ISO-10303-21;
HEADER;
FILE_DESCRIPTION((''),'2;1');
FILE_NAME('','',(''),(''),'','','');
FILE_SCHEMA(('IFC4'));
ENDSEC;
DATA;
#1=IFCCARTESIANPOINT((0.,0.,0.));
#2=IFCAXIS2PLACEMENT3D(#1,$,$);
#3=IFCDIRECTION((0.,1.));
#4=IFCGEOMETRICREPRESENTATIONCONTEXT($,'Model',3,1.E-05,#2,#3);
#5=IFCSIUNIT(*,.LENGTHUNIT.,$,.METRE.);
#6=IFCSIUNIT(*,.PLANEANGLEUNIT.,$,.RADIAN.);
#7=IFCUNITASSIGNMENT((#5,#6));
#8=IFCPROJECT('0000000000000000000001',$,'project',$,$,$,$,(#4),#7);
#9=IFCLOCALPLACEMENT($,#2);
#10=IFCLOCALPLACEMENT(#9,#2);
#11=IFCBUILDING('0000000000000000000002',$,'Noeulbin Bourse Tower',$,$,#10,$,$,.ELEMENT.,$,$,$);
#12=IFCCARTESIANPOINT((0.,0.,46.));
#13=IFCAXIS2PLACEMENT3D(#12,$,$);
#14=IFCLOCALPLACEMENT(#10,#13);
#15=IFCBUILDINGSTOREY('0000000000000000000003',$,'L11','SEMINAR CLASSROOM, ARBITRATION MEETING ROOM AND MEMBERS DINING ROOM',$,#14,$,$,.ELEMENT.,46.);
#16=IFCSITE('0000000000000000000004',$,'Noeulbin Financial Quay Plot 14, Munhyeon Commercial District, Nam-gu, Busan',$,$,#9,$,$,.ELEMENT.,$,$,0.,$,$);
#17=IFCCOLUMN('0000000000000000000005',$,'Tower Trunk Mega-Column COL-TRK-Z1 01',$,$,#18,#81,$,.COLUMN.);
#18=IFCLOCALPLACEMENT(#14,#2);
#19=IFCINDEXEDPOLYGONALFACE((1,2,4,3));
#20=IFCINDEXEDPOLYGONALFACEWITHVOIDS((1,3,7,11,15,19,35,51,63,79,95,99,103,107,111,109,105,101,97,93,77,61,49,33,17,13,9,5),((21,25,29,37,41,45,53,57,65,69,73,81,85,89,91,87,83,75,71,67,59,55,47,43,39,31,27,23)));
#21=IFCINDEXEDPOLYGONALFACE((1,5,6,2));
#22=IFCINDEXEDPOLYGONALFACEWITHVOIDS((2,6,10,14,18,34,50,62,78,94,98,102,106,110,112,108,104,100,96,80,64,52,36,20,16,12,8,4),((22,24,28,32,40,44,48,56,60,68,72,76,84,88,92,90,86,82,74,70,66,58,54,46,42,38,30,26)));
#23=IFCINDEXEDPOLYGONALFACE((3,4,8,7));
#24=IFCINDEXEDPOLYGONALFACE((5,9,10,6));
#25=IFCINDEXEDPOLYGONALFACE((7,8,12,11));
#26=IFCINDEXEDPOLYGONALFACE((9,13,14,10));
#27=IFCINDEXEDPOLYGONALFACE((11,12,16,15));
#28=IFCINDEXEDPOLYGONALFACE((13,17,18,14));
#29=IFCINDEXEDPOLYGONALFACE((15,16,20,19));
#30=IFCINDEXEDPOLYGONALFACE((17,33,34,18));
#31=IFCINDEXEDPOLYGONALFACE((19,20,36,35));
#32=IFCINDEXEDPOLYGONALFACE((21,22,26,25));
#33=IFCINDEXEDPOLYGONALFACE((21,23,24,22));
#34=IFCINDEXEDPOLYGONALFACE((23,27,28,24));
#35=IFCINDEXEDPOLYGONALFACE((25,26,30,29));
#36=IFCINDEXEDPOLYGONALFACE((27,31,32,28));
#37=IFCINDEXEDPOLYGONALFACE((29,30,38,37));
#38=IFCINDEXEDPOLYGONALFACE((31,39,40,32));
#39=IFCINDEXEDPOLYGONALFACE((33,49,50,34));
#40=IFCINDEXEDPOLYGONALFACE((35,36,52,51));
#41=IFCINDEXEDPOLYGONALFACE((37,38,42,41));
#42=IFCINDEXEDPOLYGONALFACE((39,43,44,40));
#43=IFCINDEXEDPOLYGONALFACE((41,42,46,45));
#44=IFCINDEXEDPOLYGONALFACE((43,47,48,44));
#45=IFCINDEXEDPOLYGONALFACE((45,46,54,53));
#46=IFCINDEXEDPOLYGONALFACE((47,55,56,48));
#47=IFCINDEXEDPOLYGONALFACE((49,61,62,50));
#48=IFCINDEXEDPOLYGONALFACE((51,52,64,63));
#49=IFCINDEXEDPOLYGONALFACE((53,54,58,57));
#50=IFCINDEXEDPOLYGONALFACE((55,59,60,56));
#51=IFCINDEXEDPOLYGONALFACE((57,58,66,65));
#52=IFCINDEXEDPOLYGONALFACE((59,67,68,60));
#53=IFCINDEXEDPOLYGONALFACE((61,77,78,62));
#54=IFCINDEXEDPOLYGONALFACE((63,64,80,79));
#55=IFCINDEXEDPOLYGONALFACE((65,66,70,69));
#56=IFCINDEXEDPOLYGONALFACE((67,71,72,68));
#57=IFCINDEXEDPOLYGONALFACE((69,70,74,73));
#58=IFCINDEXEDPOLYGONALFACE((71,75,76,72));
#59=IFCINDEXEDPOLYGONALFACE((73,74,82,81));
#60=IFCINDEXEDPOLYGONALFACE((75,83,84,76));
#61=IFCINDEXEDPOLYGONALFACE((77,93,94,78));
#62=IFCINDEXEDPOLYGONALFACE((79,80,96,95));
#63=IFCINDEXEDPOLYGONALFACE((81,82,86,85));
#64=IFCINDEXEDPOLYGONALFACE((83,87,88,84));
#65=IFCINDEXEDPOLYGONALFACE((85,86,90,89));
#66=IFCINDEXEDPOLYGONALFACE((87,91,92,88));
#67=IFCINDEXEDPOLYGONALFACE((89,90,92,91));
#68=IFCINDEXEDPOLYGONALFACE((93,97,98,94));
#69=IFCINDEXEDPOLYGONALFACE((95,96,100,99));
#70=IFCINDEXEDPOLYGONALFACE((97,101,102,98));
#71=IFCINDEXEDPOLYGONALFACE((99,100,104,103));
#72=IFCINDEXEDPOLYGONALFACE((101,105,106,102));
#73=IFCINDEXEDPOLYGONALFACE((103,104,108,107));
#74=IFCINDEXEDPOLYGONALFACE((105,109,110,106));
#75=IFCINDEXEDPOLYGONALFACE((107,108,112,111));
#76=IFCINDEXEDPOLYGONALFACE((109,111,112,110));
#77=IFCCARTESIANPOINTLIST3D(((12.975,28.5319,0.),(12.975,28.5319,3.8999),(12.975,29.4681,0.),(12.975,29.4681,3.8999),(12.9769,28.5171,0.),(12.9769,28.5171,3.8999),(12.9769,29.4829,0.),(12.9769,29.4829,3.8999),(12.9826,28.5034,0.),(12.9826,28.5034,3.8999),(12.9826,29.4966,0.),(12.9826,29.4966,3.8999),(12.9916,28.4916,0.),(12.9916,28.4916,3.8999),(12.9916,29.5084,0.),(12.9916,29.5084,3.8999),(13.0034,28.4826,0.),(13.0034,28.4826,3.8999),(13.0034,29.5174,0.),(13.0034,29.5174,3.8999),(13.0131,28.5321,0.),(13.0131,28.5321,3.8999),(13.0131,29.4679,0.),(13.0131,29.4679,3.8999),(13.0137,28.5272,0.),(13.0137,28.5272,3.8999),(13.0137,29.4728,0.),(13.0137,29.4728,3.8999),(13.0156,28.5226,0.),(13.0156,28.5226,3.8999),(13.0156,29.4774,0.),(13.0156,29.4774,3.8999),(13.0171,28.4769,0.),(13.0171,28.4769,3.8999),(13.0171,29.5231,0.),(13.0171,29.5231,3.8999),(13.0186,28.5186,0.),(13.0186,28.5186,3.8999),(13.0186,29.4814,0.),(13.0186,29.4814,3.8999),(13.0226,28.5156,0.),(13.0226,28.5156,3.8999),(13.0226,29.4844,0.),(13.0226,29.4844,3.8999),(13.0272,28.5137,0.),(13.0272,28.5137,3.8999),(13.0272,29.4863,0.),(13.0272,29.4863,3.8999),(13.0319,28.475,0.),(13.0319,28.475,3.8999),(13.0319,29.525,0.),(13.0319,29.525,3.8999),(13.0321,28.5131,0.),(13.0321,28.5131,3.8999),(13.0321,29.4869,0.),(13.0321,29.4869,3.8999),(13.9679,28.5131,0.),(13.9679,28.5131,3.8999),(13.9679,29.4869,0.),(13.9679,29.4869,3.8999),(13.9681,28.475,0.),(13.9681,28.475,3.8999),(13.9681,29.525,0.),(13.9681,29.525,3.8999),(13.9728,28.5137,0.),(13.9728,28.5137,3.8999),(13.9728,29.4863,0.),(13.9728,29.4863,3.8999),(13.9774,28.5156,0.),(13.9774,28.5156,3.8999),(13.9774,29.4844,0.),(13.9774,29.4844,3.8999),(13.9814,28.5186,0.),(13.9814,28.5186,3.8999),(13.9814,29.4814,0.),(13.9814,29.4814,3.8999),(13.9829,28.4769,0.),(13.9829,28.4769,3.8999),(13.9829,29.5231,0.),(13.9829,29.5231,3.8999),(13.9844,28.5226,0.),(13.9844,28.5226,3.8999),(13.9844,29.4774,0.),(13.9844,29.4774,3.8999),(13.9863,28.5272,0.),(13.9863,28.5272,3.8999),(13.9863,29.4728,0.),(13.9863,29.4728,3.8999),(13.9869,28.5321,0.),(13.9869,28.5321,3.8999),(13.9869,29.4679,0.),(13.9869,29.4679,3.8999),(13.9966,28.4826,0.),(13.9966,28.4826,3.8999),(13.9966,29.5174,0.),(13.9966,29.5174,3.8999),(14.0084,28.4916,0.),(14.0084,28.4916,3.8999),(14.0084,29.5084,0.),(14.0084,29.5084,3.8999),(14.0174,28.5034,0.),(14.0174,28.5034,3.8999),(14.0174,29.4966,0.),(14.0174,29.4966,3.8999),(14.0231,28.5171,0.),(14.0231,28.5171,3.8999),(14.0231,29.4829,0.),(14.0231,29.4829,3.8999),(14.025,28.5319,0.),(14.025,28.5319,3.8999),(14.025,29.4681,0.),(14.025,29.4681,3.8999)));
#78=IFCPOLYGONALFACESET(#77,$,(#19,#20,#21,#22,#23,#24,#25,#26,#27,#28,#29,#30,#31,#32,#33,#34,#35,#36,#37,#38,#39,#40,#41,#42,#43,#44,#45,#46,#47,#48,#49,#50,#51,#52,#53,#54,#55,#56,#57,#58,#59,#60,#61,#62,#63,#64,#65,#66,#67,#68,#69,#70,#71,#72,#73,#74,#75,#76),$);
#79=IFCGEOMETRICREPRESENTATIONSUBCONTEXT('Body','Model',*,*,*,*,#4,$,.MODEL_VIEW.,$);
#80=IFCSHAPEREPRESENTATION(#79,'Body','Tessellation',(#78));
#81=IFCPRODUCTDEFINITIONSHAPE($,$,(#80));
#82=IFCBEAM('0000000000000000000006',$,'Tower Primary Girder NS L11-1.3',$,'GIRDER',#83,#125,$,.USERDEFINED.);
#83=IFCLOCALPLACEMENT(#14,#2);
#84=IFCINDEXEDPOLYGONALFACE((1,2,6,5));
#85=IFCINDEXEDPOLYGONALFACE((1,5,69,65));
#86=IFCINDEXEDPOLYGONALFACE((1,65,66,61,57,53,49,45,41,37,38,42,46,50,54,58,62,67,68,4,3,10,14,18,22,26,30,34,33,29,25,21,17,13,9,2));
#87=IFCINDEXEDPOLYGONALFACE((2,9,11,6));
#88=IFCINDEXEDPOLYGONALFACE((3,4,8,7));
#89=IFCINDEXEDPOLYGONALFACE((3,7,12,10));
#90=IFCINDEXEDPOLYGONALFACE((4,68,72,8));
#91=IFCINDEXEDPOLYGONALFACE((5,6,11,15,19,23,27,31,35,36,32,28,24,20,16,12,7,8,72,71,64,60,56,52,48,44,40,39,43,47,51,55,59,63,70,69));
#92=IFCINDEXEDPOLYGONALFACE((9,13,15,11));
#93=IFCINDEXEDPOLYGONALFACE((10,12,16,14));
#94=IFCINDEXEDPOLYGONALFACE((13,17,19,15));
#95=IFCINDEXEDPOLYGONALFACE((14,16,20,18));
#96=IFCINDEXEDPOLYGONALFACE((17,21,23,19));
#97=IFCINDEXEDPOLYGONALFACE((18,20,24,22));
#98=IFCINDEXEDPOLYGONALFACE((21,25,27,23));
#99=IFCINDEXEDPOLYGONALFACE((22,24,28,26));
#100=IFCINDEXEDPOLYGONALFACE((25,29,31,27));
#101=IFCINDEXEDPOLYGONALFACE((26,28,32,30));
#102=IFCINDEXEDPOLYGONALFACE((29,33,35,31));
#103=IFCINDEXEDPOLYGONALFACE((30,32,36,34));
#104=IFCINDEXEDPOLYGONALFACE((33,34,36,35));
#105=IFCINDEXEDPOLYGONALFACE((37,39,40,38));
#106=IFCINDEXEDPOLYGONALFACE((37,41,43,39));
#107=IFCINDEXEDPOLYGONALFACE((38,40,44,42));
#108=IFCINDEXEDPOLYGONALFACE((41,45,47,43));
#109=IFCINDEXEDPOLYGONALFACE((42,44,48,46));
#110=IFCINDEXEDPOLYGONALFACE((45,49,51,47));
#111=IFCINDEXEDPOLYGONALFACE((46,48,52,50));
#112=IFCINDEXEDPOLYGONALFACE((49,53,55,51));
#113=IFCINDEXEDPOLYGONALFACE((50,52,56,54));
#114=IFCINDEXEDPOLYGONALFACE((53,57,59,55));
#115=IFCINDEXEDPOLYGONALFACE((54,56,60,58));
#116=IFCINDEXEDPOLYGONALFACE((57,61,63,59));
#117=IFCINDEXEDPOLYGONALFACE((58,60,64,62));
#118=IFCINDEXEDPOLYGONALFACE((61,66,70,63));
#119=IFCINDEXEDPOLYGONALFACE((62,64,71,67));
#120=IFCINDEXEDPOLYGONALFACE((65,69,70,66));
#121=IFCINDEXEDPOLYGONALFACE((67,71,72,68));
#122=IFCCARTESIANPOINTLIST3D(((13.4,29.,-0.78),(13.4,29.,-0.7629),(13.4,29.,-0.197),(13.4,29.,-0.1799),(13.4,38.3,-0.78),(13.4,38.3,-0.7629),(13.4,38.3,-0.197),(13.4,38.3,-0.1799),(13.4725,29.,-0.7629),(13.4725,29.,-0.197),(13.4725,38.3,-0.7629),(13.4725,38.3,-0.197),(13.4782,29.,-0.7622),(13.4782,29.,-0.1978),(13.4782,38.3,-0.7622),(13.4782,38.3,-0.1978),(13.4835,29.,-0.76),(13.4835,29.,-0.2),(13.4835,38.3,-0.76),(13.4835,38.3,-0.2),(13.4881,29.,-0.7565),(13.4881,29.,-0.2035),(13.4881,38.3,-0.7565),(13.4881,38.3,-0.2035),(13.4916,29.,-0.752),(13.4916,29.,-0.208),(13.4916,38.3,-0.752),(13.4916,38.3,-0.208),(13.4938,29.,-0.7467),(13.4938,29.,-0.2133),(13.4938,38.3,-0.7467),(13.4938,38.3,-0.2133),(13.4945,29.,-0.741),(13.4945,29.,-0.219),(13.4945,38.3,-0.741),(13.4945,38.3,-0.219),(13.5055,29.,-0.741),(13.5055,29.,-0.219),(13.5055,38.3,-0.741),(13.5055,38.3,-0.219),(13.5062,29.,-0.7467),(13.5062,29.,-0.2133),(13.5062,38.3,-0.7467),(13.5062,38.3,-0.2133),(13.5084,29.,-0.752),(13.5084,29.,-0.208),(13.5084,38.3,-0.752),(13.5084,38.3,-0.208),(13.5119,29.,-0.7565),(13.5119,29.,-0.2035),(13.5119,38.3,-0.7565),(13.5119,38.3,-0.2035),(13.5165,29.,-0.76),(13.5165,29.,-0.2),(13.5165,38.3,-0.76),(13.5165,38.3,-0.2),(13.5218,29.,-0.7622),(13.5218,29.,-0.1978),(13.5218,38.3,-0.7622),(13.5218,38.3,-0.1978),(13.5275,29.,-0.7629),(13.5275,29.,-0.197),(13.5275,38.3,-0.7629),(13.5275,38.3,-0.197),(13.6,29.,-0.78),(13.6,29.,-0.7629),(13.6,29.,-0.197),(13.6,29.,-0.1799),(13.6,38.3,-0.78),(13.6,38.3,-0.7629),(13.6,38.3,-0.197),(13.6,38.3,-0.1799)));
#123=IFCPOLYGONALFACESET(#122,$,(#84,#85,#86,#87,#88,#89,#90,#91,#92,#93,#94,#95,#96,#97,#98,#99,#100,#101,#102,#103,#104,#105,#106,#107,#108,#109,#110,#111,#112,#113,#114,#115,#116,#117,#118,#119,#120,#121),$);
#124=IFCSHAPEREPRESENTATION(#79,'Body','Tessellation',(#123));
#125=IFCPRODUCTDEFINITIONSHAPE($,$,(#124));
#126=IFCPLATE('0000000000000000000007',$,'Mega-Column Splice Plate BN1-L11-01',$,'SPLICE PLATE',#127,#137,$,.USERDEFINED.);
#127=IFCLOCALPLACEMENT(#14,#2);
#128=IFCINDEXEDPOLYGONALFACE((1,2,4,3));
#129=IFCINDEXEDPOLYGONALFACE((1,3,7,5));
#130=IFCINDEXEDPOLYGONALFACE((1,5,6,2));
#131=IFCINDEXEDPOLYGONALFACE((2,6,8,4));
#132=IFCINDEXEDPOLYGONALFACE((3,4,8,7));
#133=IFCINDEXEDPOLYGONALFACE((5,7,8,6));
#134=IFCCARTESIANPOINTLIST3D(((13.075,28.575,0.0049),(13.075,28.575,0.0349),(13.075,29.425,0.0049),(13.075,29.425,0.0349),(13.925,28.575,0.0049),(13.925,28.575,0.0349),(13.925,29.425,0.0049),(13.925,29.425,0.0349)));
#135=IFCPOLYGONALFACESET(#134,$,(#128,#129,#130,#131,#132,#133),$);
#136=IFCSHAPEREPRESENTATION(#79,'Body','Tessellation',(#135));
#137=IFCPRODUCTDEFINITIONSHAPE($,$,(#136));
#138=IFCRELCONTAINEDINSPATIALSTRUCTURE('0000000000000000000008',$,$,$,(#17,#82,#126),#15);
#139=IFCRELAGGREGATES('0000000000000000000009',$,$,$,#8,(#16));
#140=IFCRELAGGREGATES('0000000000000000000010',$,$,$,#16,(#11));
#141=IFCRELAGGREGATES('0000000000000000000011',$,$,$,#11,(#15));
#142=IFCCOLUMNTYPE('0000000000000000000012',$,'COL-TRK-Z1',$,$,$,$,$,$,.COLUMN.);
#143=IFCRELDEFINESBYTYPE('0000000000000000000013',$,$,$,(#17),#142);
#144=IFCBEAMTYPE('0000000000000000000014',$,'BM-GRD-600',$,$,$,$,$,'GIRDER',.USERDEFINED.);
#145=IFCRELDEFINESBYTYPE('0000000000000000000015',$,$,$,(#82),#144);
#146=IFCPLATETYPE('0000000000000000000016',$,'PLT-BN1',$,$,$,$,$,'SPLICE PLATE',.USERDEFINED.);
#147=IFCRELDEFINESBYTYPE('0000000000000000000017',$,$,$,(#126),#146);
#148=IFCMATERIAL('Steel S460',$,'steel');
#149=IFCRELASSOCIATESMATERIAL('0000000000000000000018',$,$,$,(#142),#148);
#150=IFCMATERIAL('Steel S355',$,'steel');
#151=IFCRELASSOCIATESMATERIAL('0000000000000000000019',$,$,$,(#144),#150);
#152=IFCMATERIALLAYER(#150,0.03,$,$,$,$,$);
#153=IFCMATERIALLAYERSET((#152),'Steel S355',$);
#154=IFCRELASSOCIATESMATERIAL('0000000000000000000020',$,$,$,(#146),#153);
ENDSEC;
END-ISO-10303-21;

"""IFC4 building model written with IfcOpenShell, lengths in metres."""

from ifc_helpers import new_model, si_unit, direction, frame, origin, origin_2d, place, context, subcontext, project, spatial, rectangle, hollow_rectangle, i_section, extrude, material, layer, layer_set, material_profile, profile_set, type_object, element, save


model = new_model("IFC4")

# Units and contexts
model_context = context("Model", 3, precision=1e-05, world=origin(), true_north=direction((0.0, 1.0)))
body_context = subcontext(model_context, "Body", "Model", "MODEL_VIEW")
ifc_project = project(units=[si_unit("LENGTHUNIT", "METRE"), si_unit("PLANEANGLEUNIT", "RADIAN")], contexts=[model_context])

# Site, building, storey
site_placement = place(None, origin())
site = spatial("IfcSite", under=ifc_project, at=site_placement, Name="Noeulbin Financial Quay Plot 14, Munhyeon Commercial District, Nam-gu, Busan", CompositionType="ELEMENT", RefElevation=0.0)
building_placement = place(site_placement, origin())
building = spatial("IfcBuilding", under=site, at=building_placement, Name="Noeulbin Bourse Tower", CompositionType="ELEMENT")
storey_placement = place(building_placement, frame((0.0, 0.0, 46.0)))
storey = spatial("IfcBuildingStorey", under=building, at=storey_placement, Name="L11", Description="SEMINAR CLASSROOM, ARBITRATION MEETING ROOM AND MEMBERS DINING ROOM", CompositionType="ELEMENT", Elevation=46.0)

# Column
ifc_material_1 = material(Name="Steel S460", Category="steel")
ifc_material_profile_1 = material_profile(ifc_material_1, hollow_rectangle(XDim=1.05, YDim=1.05, WallThickness=0.0381, InnerFilletRadius=0.019, OuterFilletRadius=0.0569, at=origin_2d()), Name="BOX-1050x1050x38", Category="LoadBearing")
ifc_profile_set_1 = profile_set([ifc_material_profile_1], Name="Steel S460")
column_type = type_object("IfcColumnType", Name="COL-TRK-Z1", PredefinedType="COLUMN", material=ifc_profile_set_1)
column_placement = place(storey_placement, frame((13.5, 29.0, 0.0), z_axis=(0.0, 0.0, 1.0), x_axis=(1.0, 0.0, 0.0)))
element("IfcColumn", 1, at=column_placement, inside=storey, type_object=column_type, Name="Tower Trunk Mega-Column COL-TRK-Z1 01", PredefinedType="COLUMN", context=body_context, shape_type="SweptSolid", body=[
    extrude(hollow_rectangle(XDim=1.05, YDim=1.05, WallThickness=0.0381, InnerFilletRadius=0.019, OuterFilletRadius=0.0569, at=origin_2d()), origin(), (0.0, 0.0, 1.0), 3.8999),
])

# Beam
ifc_material_2 = material(Name="Steel S355", Category="steel")
ifc_material_profile_2 = material_profile(ifc_material_2, i_section(OverallWidth=0.2, OverallDepth=0.6001, WebThickness=0.011, FlangeThickness=0.0171, FilletRadius=0.022, at=origin_2d()), Name="H-600x200x11x17", Category="LoadBearing")
ifc_profile_set_2 = profile_set([ifc_material_profile_2], Name="Steel S355")
beam_type = type_object("IfcBeamType", Name="BM-GRD-600", ElementType="GIRDER", PredefinedType="USERDEFINED", material=ifc_profile_set_2)
beam_placement = place(storey_placement, frame((13.5, 29.0, -0.48), z_axis=(0.0, 1.0, 0.0), x_axis=(-1.0, 0.0, 0.0)))
element("IfcBeam", 2, at=beam_placement, inside=storey, type_object=beam_type, Name="Tower Primary Girder NS L11-1.3", ObjectType="GIRDER", PredefinedType="USERDEFINED", context=body_context, shape_type="SweptSolid", body=[
    extrude(i_section(OverallWidth=0.2, OverallDepth=0.6001, WebThickness=0.011, FlangeThickness=0.0171, FilletRadius=0.022, at=origin_2d()), origin(), (0.0, 0.0, 1.0), 9.3),
])

# Plate
ifc_layer_1 = layer(ifc_material_2, 0.03)
ifc_layer_set_1 = layer_set([ifc_layer_1], Name="Steel S355")
plate_type = type_object("IfcPlateType", Name="PLT-BN1", ElementType="SPLICE PLATE", PredefinedType="USERDEFINED", material=ifc_layer_set_1)
plate_placement = place(storey_placement, frame((13.5, 29.0, 0.0049), z_axis=(0.0, 0.0, 1.0), x_axis=(1.0, 0.0, 0.0)))
element("IfcPlate", 3, at=plate_placement, inside=storey, type_object=plate_type, Name="Mega-Column Splice Plate BN1-L11-01", ObjectType="SPLICE PLATE", PredefinedType="USERDEFINED", context=body_context, shape_type="SweptSolid", body=[
    extrude(rectangle(XDim=0.8501, YDim=0.8501, at=origin_2d()), origin(), (0.0, 0.0, 1.0), 0.03),
])

save(model, "model.ifc")
